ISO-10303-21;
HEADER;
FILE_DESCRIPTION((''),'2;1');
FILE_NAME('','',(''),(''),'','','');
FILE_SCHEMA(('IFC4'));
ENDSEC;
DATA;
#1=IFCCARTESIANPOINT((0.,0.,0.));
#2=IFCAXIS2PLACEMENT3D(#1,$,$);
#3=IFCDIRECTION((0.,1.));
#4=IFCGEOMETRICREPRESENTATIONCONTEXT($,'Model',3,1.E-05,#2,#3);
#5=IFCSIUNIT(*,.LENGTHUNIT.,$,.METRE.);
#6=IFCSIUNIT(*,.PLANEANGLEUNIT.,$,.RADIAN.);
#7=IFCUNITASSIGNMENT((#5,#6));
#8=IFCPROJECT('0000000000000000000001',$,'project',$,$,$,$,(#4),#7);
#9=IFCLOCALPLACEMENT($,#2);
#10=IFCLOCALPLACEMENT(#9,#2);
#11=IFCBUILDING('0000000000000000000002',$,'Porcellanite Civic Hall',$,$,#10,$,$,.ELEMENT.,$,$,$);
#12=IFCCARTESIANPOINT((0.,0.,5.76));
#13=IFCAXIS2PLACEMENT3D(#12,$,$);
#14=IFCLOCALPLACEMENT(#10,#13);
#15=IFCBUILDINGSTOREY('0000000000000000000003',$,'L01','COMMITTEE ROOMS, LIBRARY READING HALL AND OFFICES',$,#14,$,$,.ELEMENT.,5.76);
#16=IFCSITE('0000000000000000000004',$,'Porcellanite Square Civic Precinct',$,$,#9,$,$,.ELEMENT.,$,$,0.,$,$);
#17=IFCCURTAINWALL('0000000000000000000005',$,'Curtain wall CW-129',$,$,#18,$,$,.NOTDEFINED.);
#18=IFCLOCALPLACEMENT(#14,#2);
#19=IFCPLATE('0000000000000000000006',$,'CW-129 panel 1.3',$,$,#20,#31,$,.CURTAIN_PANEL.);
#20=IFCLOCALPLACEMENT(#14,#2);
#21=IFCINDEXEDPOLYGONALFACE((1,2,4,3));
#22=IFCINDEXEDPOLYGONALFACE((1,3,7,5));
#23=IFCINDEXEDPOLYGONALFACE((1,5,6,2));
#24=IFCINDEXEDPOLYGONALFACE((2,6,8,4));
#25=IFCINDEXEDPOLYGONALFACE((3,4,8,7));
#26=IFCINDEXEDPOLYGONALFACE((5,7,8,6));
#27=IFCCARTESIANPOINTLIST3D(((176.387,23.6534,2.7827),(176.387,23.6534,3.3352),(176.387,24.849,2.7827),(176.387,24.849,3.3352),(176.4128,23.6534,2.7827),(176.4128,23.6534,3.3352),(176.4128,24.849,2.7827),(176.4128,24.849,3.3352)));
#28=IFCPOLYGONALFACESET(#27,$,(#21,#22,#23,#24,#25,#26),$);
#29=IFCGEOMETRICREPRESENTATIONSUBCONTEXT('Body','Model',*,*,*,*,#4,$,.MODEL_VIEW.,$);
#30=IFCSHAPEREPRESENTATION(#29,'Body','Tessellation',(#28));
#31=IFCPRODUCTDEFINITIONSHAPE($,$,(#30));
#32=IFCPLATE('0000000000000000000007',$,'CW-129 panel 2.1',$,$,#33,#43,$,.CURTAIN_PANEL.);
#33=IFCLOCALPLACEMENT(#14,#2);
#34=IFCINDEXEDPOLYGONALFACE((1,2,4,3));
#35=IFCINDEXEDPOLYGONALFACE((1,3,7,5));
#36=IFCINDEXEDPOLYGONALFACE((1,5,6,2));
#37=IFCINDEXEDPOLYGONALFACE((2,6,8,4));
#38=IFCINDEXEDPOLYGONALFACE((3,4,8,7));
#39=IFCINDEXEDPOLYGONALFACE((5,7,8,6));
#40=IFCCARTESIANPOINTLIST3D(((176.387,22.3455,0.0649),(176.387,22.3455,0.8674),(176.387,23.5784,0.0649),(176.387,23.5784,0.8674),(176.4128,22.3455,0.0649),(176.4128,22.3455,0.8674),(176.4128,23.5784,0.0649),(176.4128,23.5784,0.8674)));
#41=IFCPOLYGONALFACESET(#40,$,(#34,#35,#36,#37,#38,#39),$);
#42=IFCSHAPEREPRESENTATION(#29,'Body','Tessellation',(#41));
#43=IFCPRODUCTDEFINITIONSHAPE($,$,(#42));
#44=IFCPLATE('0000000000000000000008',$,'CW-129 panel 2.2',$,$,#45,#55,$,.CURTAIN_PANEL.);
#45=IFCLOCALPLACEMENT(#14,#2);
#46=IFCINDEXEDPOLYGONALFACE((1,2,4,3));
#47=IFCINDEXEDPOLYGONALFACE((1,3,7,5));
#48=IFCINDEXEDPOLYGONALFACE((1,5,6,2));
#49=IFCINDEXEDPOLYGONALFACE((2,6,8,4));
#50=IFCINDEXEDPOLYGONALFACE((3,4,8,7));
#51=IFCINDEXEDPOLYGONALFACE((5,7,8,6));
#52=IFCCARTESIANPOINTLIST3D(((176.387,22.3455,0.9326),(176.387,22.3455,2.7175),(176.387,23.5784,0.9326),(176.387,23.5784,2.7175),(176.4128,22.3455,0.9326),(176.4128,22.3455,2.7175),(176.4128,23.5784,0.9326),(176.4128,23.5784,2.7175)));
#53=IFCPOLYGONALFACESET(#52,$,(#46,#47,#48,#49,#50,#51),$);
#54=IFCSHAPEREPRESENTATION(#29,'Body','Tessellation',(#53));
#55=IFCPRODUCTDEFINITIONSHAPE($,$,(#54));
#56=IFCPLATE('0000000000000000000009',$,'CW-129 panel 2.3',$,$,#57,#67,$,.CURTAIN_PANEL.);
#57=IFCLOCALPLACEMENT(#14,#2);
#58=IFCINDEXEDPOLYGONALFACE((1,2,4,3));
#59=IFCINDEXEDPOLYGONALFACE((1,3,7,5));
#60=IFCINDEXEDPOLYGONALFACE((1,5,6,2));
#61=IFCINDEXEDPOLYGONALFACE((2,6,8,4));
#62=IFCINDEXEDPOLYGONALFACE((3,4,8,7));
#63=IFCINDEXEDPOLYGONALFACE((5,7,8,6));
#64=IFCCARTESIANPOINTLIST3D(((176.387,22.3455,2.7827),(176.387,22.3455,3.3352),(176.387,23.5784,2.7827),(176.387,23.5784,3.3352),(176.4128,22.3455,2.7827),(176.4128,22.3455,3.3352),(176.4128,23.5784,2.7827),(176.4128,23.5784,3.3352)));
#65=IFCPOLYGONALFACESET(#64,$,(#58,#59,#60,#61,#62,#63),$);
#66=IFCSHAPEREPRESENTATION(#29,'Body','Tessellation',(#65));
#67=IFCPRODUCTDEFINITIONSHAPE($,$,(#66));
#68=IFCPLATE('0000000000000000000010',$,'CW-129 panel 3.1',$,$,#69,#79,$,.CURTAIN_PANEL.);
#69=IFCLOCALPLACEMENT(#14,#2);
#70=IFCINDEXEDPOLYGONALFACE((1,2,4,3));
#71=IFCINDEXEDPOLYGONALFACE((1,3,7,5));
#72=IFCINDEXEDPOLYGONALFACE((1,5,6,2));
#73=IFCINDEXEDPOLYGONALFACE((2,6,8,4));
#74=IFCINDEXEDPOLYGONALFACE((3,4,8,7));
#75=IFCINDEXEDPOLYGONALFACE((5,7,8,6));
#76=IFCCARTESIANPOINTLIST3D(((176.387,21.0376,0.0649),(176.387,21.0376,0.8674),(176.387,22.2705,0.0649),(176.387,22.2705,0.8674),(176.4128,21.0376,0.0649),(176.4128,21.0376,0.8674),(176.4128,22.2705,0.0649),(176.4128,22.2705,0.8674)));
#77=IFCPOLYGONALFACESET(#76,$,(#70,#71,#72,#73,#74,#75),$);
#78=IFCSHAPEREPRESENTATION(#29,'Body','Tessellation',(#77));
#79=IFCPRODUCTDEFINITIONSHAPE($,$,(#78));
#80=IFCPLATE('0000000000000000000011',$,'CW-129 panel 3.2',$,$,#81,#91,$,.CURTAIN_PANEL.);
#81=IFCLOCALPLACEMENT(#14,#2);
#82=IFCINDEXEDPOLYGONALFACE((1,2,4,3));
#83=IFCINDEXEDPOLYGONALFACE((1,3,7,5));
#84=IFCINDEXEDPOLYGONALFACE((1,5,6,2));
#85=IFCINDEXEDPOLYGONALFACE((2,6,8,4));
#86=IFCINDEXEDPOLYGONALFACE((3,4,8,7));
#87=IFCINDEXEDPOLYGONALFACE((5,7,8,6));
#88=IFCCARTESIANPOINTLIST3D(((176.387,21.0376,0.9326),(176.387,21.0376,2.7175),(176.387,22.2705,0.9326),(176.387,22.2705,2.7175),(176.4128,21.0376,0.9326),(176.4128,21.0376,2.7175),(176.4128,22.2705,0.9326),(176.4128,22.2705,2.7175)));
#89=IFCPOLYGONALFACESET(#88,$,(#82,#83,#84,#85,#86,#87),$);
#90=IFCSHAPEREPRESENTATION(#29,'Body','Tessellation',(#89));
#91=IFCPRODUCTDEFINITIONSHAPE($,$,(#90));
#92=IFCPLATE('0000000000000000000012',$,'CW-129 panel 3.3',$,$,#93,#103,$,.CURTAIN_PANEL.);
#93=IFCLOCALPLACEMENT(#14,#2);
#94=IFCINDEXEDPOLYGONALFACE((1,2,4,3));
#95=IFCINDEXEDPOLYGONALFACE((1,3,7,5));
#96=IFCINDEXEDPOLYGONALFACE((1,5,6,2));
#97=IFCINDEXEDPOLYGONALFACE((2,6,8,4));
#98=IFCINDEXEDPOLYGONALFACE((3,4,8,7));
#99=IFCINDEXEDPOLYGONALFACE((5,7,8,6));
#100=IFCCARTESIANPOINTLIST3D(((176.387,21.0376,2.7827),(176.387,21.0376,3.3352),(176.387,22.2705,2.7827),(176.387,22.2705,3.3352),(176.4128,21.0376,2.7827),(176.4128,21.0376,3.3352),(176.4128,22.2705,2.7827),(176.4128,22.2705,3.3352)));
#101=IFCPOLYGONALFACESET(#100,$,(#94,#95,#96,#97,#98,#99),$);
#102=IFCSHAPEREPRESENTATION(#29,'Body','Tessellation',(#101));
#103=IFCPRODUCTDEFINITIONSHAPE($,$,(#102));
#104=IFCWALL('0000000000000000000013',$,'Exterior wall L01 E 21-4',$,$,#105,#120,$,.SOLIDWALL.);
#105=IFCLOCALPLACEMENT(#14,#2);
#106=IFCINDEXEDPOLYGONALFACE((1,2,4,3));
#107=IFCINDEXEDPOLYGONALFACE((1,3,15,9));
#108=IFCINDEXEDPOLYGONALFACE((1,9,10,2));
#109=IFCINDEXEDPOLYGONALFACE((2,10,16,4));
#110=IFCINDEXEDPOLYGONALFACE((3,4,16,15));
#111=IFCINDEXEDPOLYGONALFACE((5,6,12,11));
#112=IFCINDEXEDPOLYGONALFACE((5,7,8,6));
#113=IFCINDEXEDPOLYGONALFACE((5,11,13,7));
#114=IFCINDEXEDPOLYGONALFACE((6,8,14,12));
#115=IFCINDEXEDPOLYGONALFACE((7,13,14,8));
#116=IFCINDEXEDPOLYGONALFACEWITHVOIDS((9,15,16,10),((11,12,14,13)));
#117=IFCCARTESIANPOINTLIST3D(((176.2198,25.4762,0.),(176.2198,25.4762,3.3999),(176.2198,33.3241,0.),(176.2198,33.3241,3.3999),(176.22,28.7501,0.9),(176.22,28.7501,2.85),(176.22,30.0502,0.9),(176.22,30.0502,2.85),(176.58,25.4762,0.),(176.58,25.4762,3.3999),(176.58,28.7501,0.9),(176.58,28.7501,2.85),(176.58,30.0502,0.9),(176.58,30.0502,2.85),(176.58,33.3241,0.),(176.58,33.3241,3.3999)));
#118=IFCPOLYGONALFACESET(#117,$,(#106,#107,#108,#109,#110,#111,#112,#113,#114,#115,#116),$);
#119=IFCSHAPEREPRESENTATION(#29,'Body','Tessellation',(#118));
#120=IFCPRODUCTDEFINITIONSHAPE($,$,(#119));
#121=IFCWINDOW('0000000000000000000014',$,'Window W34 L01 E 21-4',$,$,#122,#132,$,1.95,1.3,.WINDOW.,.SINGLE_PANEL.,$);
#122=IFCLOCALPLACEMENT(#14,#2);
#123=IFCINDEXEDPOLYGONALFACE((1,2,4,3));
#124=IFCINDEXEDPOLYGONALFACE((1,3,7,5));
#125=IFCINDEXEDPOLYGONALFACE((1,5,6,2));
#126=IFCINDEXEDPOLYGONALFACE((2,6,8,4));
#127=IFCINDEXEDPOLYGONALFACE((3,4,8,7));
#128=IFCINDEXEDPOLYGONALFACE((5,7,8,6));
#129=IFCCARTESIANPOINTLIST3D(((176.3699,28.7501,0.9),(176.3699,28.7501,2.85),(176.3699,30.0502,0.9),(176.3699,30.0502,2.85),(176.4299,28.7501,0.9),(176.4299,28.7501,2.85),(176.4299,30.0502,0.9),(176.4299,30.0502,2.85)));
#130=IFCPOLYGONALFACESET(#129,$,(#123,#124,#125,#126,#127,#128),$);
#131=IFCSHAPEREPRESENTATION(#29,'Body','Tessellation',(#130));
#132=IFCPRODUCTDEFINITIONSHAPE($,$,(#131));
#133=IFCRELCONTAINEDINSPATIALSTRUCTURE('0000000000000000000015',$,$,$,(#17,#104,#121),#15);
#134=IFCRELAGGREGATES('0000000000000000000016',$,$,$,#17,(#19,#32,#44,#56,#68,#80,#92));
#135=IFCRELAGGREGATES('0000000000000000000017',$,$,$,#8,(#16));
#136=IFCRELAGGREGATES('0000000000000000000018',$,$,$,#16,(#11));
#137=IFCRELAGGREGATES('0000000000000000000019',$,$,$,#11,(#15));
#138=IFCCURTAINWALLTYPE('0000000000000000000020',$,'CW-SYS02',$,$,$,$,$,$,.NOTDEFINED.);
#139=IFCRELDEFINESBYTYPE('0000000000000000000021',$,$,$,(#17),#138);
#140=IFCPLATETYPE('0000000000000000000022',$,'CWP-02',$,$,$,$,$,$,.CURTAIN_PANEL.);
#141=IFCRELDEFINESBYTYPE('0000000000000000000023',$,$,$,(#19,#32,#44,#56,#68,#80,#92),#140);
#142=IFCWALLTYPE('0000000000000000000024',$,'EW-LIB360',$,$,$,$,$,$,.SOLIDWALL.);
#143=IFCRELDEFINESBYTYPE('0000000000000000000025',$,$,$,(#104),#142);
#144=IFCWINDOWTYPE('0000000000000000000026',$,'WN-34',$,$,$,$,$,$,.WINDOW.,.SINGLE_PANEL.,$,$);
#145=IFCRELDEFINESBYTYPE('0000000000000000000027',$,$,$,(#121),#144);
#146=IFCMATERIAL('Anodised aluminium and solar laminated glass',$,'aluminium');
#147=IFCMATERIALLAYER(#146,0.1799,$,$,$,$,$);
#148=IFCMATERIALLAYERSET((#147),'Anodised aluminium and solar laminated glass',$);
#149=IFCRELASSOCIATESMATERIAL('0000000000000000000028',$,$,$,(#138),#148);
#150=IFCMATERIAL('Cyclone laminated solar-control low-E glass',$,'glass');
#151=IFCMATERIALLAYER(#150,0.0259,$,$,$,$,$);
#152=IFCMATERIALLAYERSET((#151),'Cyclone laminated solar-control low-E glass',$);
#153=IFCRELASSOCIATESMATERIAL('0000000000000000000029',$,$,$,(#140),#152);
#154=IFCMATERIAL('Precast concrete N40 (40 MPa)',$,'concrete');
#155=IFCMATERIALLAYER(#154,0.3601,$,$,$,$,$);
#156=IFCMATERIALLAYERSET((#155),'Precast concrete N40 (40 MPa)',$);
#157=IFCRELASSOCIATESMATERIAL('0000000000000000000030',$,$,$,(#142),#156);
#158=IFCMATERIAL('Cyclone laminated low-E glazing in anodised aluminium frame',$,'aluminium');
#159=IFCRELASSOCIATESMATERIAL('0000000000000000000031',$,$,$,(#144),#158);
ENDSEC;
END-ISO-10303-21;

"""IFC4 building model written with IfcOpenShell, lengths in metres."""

from ifc_helpers import new_model, si_unit, direction, frame, frame_2d, origin, origin_2d, place, context, subcontext, project, spatial, rectangle, extrude, material, layer, layer_set, type_object, element, fill, aggregate, save


model = new_model("IFC4")

# Units and contexts
model_context = context("Model", 3, precision=1e-05, world=origin(), true_north=direction((0.0, 1.0)))
body_context = subcontext(model_context, "Body", "Model", "MODEL_VIEW")
ifc_project = project(units=[si_unit("LENGTHUNIT", "METRE"), si_unit("PLANEANGLEUNIT", "RADIAN")], contexts=[model_context])

# Site, building, storey
site_placement = place(None, origin())
site = spatial("IfcSite", under=ifc_project, at=site_placement, Name="Porcellanite Square Civic Precinct", CompositionType="ELEMENT", RefElevation=0.0)
building_placement = place(site_placement, origin())
building = spatial("IfcBuilding", under=site, at=building_placement, Name="Porcellanite Civic Hall", CompositionType="ELEMENT")
storey_placement = place(building_placement, frame((0.0, 0.0, 5.76)))
storey = spatial("IfcBuildingStorey", under=building, at=storey_placement, Name="L01", Description="COMMITTEE ROOMS, LIBRARY READING HALL AND OFFICES", CompositionType="ELEMENT", Elevation=5.76)

# Curtain wall
ifc_material_1 = material(Name="Anodised aluminium and solar laminated glass", Category="aluminium")
ifc_layer_1 = layer(ifc_material_1, 0.1799)
ifc_layer_set_1 = layer_set([ifc_layer_1], Name="Anodised aluminium and solar laminated glass")
curtain_wall_type = type_object("IfcCurtainWallType", Name="CW-SYS02", PredefinedType="NOTDEFINED", material=ifc_layer_set_1)
curtain_wall_placement = place(storey_placement, origin())
curtain_wall = element("IfcCurtainWall", 1, at=curtain_wall_placement, inside=storey, type_object=curtain_wall_type, Name="Curtain wall CW-129", PredefinedType="NOTDEFINED")

# Plates
ifc_material_2 = material(Name="Cyclone laminated solar-control low-E glass", Category="glass")
ifc_layer_2 = layer(ifc_material_2, 0.0259)
ifc_layer_set_2 = layer_set([ifc_layer_2], Name="Cyclone laminated solar-control low-E glass")
plate_type = type_object("IfcPlateType", Name="CWP-02", PredefinedType="CURTAIN_PANEL", material=ifc_layer_set_2)
plate_1_placement = place(storey_placement, frame((176.3999, 24.2512, 2.7827), z_axis=(0.0, 0.0, 1.0), x_axis=(0.0, -1.0, 0.0)))
plate_1 = element("IfcPlate", 2, at=plate_1_placement, type_object=plate_type, Name="CW-129 panel 1.3", PredefinedType="CURTAIN_PANEL", context=body_context, shape_type="SweptSolid", body=[
    extrude(rectangle(XDim=1.1956, YDim=0.0259, at=origin_2d()), origin(), (0.0, 0.0, 1.0), 0.5525),
])
plate_2_placement = place(storey_placement, frame((176.3999, 22.9619, 0.0649), z_axis=(0.0, 0.0, 1.0), x_axis=(0.0, -1.0, 0.0)))
plate_2 = element("IfcPlate", 3, at=plate_2_placement, type_object=plate_type, Name="CW-129 panel 2.1", PredefinedType="CURTAIN_PANEL", context=body_context, shape_type="SweptSolid", body=[
    extrude(rectangle(XDim=1.2329, YDim=0.0259, at=origin_2d()), origin(), (0.0, 0.0, 1.0), 0.8025),
])
plate_3_placement = place(storey_placement, frame((176.3999, 22.9619, 0.9326), z_axis=(0.0, 0.0, 1.0), x_axis=(0.0, -1.0, 0.0)))
plate_3 = element("IfcPlate", 4, at=plate_3_placement, type_object=plate_type, Name="CW-129 panel 2.2", PredefinedType="CURTAIN_PANEL", context=body_context, shape_type="SweptSolid", body=[
    extrude(rectangle(XDim=1.2329, YDim=0.0259, at=origin_2d()), origin(), (0.0, 0.0, 1.0), 1.7849),
])
plate_4_placement = place(storey_placement, frame((176.3999, 22.9619, 2.7827), z_axis=(0.0, 0.0, 1.0), x_axis=(0.0, -1.0, 0.0)))
plate_4 = element("IfcPlate", 5, at=plate_4_placement, type_object=plate_type, Name="CW-129 panel 2.3", PredefinedType="CURTAIN_PANEL", context=body_context, shape_type="SweptSolid", body=[
    extrude(rectangle(XDim=1.2329, YDim=0.0259, at=origin_2d()), origin(), (0.0, 0.0, 1.0), 0.5525),
])
plate_5_placement = place(storey_placement, frame((176.3999, 21.6541, 0.0649), z_axis=(0.0, 0.0, 1.0), x_axis=(0.0, -1.0, 0.0)))
plate_5 = element("IfcPlate", 6, at=plate_5_placement, type_object=plate_type, Name="CW-129 panel 3.1", PredefinedType="CURTAIN_PANEL", context=body_context, shape_type="SweptSolid", body=[
    extrude(rectangle(XDim=1.2329, YDim=0.0259, at=origin_2d()), origin(), (0.0, 0.0, 1.0), 0.8025),
])
plate_6_placement = place(storey_placement, frame((176.3999, 21.6541, 0.9326), z_axis=(0.0, 0.0, 1.0), x_axis=(0.0, -1.0, 0.0)))
plate_6 = element("IfcPlate", 7, at=plate_6_placement, type_object=plate_type, Name="CW-129 panel 3.2", PredefinedType="CURTAIN_PANEL", context=body_context, shape_type="SweptSolid", body=[
    extrude(rectangle(XDim=1.2329, YDim=0.0259, at=origin_2d()), origin(), (0.0, 0.0, 1.0), 1.7849),
])
plate_7_placement = place(storey_placement, frame((176.3999, 21.6541, 2.7827), z_axis=(0.0, 0.0, 1.0), x_axis=(0.0, -1.0, 0.0)))
plate_7 = element("IfcPlate", 8, at=plate_7_placement, type_object=plate_type, Name="CW-129 panel 3.3", PredefinedType="CURTAIN_PANEL", context=body_context, shape_type="SweptSolid", body=[
    extrude(rectangle(XDim=1.2329, YDim=0.0259, at=origin_2d()), origin(), (0.0, 0.0, 1.0), 0.5525),
])
aggregate(curtain_wall, [plate_1, plate_2, plate_3, plate_4, plate_5, plate_6, plate_7])

# Wall, opening, window
ifc_material_3 = material(Name="Precast concrete N40 (40 MPa)", Category="concrete")
ifc_layer_3 = layer(ifc_material_3, 0.3601)
ifc_layer_set_3 = layer_set([ifc_layer_3], Name="Precast concrete N40 (40 MPa)")
wall_type = type_object("IfcWallType", Name="EW-LIB360", PredefinedType="SOLIDWALL", material=ifc_layer_set_3)
wall_placement = place(storey_placement, frame((176.3999, 33.324, 0.0), z_axis=(0.0, 0.0, 1.0), x_axis=(0.0, -1.0, 0.0)))
wall = element("IfcWall", 9, at=wall_placement, inside=storey, type_object=wall_type, Name="Exterior wall L01 E 21-4", PredefinedType="SOLIDWALL", context=body_context, shape_type="SweptSolid", body=[
    extrude(rectangle(XDim=7.8479, YDim=0.3601, at=frame_2d((3.9238, 0.0))), origin(), (0.0, 0.0, 1.0), 3.3999),
])
opening_placement = place(wall_placement, frame((3.2739, 0.0, 0.8999)))
opening = element("IfcOpeningElement", 10, at=opening_placement, cuts=wall, PredefinedType="OPENING", context=body_context, shape_type="SweptSolid", body=[
    extrude(rectangle(XDim=1.3, YDim=1.95, at=frame_2d((0.6499, 0.9751))), frame((0.0, 0.1802, 0.0), z_axis=(0.0, -1.0, 0.0), x_axis=(1.0, 0.0, 0.0)), (0.0, 0.0, 1.0), 0.3601),
])
ifc_material_4 = material(Name="Cyclone laminated low-E glazing in anodised aluminium frame", Category="aluminium")
window_type = type_object("IfcWindowType", Name="WN-34", PartitioningType="SINGLE_PANEL", PredefinedType="WINDOW", material=ifc_material_4)
window_placement = place(opening_placement, origin())
window = element("IfcWindow", 11, at=window_placement, inside=storey, type_object=window_type, Name="Window W34 L01 E 21-4", OverallHeight=1.95, OverallWidth=1.3, PartitioningType="SINGLE_PANEL", PredefinedType="WINDOW", context=body_context, shape_type="SweptSolid", body=[
    extrude(rectangle(XDim=1.3, YDim=1.95, at=frame_2d((0.6499, 0.9751))), frame((0.0, 0.03, 0.0), z_axis=(0.0, -1.0, 0.0), x_axis=(1.0, 0.0, 0.0)), (0.0, 0.0, 1.0), 0.0601),
])
fill(opening, window)

save(model, "model.ifc")
